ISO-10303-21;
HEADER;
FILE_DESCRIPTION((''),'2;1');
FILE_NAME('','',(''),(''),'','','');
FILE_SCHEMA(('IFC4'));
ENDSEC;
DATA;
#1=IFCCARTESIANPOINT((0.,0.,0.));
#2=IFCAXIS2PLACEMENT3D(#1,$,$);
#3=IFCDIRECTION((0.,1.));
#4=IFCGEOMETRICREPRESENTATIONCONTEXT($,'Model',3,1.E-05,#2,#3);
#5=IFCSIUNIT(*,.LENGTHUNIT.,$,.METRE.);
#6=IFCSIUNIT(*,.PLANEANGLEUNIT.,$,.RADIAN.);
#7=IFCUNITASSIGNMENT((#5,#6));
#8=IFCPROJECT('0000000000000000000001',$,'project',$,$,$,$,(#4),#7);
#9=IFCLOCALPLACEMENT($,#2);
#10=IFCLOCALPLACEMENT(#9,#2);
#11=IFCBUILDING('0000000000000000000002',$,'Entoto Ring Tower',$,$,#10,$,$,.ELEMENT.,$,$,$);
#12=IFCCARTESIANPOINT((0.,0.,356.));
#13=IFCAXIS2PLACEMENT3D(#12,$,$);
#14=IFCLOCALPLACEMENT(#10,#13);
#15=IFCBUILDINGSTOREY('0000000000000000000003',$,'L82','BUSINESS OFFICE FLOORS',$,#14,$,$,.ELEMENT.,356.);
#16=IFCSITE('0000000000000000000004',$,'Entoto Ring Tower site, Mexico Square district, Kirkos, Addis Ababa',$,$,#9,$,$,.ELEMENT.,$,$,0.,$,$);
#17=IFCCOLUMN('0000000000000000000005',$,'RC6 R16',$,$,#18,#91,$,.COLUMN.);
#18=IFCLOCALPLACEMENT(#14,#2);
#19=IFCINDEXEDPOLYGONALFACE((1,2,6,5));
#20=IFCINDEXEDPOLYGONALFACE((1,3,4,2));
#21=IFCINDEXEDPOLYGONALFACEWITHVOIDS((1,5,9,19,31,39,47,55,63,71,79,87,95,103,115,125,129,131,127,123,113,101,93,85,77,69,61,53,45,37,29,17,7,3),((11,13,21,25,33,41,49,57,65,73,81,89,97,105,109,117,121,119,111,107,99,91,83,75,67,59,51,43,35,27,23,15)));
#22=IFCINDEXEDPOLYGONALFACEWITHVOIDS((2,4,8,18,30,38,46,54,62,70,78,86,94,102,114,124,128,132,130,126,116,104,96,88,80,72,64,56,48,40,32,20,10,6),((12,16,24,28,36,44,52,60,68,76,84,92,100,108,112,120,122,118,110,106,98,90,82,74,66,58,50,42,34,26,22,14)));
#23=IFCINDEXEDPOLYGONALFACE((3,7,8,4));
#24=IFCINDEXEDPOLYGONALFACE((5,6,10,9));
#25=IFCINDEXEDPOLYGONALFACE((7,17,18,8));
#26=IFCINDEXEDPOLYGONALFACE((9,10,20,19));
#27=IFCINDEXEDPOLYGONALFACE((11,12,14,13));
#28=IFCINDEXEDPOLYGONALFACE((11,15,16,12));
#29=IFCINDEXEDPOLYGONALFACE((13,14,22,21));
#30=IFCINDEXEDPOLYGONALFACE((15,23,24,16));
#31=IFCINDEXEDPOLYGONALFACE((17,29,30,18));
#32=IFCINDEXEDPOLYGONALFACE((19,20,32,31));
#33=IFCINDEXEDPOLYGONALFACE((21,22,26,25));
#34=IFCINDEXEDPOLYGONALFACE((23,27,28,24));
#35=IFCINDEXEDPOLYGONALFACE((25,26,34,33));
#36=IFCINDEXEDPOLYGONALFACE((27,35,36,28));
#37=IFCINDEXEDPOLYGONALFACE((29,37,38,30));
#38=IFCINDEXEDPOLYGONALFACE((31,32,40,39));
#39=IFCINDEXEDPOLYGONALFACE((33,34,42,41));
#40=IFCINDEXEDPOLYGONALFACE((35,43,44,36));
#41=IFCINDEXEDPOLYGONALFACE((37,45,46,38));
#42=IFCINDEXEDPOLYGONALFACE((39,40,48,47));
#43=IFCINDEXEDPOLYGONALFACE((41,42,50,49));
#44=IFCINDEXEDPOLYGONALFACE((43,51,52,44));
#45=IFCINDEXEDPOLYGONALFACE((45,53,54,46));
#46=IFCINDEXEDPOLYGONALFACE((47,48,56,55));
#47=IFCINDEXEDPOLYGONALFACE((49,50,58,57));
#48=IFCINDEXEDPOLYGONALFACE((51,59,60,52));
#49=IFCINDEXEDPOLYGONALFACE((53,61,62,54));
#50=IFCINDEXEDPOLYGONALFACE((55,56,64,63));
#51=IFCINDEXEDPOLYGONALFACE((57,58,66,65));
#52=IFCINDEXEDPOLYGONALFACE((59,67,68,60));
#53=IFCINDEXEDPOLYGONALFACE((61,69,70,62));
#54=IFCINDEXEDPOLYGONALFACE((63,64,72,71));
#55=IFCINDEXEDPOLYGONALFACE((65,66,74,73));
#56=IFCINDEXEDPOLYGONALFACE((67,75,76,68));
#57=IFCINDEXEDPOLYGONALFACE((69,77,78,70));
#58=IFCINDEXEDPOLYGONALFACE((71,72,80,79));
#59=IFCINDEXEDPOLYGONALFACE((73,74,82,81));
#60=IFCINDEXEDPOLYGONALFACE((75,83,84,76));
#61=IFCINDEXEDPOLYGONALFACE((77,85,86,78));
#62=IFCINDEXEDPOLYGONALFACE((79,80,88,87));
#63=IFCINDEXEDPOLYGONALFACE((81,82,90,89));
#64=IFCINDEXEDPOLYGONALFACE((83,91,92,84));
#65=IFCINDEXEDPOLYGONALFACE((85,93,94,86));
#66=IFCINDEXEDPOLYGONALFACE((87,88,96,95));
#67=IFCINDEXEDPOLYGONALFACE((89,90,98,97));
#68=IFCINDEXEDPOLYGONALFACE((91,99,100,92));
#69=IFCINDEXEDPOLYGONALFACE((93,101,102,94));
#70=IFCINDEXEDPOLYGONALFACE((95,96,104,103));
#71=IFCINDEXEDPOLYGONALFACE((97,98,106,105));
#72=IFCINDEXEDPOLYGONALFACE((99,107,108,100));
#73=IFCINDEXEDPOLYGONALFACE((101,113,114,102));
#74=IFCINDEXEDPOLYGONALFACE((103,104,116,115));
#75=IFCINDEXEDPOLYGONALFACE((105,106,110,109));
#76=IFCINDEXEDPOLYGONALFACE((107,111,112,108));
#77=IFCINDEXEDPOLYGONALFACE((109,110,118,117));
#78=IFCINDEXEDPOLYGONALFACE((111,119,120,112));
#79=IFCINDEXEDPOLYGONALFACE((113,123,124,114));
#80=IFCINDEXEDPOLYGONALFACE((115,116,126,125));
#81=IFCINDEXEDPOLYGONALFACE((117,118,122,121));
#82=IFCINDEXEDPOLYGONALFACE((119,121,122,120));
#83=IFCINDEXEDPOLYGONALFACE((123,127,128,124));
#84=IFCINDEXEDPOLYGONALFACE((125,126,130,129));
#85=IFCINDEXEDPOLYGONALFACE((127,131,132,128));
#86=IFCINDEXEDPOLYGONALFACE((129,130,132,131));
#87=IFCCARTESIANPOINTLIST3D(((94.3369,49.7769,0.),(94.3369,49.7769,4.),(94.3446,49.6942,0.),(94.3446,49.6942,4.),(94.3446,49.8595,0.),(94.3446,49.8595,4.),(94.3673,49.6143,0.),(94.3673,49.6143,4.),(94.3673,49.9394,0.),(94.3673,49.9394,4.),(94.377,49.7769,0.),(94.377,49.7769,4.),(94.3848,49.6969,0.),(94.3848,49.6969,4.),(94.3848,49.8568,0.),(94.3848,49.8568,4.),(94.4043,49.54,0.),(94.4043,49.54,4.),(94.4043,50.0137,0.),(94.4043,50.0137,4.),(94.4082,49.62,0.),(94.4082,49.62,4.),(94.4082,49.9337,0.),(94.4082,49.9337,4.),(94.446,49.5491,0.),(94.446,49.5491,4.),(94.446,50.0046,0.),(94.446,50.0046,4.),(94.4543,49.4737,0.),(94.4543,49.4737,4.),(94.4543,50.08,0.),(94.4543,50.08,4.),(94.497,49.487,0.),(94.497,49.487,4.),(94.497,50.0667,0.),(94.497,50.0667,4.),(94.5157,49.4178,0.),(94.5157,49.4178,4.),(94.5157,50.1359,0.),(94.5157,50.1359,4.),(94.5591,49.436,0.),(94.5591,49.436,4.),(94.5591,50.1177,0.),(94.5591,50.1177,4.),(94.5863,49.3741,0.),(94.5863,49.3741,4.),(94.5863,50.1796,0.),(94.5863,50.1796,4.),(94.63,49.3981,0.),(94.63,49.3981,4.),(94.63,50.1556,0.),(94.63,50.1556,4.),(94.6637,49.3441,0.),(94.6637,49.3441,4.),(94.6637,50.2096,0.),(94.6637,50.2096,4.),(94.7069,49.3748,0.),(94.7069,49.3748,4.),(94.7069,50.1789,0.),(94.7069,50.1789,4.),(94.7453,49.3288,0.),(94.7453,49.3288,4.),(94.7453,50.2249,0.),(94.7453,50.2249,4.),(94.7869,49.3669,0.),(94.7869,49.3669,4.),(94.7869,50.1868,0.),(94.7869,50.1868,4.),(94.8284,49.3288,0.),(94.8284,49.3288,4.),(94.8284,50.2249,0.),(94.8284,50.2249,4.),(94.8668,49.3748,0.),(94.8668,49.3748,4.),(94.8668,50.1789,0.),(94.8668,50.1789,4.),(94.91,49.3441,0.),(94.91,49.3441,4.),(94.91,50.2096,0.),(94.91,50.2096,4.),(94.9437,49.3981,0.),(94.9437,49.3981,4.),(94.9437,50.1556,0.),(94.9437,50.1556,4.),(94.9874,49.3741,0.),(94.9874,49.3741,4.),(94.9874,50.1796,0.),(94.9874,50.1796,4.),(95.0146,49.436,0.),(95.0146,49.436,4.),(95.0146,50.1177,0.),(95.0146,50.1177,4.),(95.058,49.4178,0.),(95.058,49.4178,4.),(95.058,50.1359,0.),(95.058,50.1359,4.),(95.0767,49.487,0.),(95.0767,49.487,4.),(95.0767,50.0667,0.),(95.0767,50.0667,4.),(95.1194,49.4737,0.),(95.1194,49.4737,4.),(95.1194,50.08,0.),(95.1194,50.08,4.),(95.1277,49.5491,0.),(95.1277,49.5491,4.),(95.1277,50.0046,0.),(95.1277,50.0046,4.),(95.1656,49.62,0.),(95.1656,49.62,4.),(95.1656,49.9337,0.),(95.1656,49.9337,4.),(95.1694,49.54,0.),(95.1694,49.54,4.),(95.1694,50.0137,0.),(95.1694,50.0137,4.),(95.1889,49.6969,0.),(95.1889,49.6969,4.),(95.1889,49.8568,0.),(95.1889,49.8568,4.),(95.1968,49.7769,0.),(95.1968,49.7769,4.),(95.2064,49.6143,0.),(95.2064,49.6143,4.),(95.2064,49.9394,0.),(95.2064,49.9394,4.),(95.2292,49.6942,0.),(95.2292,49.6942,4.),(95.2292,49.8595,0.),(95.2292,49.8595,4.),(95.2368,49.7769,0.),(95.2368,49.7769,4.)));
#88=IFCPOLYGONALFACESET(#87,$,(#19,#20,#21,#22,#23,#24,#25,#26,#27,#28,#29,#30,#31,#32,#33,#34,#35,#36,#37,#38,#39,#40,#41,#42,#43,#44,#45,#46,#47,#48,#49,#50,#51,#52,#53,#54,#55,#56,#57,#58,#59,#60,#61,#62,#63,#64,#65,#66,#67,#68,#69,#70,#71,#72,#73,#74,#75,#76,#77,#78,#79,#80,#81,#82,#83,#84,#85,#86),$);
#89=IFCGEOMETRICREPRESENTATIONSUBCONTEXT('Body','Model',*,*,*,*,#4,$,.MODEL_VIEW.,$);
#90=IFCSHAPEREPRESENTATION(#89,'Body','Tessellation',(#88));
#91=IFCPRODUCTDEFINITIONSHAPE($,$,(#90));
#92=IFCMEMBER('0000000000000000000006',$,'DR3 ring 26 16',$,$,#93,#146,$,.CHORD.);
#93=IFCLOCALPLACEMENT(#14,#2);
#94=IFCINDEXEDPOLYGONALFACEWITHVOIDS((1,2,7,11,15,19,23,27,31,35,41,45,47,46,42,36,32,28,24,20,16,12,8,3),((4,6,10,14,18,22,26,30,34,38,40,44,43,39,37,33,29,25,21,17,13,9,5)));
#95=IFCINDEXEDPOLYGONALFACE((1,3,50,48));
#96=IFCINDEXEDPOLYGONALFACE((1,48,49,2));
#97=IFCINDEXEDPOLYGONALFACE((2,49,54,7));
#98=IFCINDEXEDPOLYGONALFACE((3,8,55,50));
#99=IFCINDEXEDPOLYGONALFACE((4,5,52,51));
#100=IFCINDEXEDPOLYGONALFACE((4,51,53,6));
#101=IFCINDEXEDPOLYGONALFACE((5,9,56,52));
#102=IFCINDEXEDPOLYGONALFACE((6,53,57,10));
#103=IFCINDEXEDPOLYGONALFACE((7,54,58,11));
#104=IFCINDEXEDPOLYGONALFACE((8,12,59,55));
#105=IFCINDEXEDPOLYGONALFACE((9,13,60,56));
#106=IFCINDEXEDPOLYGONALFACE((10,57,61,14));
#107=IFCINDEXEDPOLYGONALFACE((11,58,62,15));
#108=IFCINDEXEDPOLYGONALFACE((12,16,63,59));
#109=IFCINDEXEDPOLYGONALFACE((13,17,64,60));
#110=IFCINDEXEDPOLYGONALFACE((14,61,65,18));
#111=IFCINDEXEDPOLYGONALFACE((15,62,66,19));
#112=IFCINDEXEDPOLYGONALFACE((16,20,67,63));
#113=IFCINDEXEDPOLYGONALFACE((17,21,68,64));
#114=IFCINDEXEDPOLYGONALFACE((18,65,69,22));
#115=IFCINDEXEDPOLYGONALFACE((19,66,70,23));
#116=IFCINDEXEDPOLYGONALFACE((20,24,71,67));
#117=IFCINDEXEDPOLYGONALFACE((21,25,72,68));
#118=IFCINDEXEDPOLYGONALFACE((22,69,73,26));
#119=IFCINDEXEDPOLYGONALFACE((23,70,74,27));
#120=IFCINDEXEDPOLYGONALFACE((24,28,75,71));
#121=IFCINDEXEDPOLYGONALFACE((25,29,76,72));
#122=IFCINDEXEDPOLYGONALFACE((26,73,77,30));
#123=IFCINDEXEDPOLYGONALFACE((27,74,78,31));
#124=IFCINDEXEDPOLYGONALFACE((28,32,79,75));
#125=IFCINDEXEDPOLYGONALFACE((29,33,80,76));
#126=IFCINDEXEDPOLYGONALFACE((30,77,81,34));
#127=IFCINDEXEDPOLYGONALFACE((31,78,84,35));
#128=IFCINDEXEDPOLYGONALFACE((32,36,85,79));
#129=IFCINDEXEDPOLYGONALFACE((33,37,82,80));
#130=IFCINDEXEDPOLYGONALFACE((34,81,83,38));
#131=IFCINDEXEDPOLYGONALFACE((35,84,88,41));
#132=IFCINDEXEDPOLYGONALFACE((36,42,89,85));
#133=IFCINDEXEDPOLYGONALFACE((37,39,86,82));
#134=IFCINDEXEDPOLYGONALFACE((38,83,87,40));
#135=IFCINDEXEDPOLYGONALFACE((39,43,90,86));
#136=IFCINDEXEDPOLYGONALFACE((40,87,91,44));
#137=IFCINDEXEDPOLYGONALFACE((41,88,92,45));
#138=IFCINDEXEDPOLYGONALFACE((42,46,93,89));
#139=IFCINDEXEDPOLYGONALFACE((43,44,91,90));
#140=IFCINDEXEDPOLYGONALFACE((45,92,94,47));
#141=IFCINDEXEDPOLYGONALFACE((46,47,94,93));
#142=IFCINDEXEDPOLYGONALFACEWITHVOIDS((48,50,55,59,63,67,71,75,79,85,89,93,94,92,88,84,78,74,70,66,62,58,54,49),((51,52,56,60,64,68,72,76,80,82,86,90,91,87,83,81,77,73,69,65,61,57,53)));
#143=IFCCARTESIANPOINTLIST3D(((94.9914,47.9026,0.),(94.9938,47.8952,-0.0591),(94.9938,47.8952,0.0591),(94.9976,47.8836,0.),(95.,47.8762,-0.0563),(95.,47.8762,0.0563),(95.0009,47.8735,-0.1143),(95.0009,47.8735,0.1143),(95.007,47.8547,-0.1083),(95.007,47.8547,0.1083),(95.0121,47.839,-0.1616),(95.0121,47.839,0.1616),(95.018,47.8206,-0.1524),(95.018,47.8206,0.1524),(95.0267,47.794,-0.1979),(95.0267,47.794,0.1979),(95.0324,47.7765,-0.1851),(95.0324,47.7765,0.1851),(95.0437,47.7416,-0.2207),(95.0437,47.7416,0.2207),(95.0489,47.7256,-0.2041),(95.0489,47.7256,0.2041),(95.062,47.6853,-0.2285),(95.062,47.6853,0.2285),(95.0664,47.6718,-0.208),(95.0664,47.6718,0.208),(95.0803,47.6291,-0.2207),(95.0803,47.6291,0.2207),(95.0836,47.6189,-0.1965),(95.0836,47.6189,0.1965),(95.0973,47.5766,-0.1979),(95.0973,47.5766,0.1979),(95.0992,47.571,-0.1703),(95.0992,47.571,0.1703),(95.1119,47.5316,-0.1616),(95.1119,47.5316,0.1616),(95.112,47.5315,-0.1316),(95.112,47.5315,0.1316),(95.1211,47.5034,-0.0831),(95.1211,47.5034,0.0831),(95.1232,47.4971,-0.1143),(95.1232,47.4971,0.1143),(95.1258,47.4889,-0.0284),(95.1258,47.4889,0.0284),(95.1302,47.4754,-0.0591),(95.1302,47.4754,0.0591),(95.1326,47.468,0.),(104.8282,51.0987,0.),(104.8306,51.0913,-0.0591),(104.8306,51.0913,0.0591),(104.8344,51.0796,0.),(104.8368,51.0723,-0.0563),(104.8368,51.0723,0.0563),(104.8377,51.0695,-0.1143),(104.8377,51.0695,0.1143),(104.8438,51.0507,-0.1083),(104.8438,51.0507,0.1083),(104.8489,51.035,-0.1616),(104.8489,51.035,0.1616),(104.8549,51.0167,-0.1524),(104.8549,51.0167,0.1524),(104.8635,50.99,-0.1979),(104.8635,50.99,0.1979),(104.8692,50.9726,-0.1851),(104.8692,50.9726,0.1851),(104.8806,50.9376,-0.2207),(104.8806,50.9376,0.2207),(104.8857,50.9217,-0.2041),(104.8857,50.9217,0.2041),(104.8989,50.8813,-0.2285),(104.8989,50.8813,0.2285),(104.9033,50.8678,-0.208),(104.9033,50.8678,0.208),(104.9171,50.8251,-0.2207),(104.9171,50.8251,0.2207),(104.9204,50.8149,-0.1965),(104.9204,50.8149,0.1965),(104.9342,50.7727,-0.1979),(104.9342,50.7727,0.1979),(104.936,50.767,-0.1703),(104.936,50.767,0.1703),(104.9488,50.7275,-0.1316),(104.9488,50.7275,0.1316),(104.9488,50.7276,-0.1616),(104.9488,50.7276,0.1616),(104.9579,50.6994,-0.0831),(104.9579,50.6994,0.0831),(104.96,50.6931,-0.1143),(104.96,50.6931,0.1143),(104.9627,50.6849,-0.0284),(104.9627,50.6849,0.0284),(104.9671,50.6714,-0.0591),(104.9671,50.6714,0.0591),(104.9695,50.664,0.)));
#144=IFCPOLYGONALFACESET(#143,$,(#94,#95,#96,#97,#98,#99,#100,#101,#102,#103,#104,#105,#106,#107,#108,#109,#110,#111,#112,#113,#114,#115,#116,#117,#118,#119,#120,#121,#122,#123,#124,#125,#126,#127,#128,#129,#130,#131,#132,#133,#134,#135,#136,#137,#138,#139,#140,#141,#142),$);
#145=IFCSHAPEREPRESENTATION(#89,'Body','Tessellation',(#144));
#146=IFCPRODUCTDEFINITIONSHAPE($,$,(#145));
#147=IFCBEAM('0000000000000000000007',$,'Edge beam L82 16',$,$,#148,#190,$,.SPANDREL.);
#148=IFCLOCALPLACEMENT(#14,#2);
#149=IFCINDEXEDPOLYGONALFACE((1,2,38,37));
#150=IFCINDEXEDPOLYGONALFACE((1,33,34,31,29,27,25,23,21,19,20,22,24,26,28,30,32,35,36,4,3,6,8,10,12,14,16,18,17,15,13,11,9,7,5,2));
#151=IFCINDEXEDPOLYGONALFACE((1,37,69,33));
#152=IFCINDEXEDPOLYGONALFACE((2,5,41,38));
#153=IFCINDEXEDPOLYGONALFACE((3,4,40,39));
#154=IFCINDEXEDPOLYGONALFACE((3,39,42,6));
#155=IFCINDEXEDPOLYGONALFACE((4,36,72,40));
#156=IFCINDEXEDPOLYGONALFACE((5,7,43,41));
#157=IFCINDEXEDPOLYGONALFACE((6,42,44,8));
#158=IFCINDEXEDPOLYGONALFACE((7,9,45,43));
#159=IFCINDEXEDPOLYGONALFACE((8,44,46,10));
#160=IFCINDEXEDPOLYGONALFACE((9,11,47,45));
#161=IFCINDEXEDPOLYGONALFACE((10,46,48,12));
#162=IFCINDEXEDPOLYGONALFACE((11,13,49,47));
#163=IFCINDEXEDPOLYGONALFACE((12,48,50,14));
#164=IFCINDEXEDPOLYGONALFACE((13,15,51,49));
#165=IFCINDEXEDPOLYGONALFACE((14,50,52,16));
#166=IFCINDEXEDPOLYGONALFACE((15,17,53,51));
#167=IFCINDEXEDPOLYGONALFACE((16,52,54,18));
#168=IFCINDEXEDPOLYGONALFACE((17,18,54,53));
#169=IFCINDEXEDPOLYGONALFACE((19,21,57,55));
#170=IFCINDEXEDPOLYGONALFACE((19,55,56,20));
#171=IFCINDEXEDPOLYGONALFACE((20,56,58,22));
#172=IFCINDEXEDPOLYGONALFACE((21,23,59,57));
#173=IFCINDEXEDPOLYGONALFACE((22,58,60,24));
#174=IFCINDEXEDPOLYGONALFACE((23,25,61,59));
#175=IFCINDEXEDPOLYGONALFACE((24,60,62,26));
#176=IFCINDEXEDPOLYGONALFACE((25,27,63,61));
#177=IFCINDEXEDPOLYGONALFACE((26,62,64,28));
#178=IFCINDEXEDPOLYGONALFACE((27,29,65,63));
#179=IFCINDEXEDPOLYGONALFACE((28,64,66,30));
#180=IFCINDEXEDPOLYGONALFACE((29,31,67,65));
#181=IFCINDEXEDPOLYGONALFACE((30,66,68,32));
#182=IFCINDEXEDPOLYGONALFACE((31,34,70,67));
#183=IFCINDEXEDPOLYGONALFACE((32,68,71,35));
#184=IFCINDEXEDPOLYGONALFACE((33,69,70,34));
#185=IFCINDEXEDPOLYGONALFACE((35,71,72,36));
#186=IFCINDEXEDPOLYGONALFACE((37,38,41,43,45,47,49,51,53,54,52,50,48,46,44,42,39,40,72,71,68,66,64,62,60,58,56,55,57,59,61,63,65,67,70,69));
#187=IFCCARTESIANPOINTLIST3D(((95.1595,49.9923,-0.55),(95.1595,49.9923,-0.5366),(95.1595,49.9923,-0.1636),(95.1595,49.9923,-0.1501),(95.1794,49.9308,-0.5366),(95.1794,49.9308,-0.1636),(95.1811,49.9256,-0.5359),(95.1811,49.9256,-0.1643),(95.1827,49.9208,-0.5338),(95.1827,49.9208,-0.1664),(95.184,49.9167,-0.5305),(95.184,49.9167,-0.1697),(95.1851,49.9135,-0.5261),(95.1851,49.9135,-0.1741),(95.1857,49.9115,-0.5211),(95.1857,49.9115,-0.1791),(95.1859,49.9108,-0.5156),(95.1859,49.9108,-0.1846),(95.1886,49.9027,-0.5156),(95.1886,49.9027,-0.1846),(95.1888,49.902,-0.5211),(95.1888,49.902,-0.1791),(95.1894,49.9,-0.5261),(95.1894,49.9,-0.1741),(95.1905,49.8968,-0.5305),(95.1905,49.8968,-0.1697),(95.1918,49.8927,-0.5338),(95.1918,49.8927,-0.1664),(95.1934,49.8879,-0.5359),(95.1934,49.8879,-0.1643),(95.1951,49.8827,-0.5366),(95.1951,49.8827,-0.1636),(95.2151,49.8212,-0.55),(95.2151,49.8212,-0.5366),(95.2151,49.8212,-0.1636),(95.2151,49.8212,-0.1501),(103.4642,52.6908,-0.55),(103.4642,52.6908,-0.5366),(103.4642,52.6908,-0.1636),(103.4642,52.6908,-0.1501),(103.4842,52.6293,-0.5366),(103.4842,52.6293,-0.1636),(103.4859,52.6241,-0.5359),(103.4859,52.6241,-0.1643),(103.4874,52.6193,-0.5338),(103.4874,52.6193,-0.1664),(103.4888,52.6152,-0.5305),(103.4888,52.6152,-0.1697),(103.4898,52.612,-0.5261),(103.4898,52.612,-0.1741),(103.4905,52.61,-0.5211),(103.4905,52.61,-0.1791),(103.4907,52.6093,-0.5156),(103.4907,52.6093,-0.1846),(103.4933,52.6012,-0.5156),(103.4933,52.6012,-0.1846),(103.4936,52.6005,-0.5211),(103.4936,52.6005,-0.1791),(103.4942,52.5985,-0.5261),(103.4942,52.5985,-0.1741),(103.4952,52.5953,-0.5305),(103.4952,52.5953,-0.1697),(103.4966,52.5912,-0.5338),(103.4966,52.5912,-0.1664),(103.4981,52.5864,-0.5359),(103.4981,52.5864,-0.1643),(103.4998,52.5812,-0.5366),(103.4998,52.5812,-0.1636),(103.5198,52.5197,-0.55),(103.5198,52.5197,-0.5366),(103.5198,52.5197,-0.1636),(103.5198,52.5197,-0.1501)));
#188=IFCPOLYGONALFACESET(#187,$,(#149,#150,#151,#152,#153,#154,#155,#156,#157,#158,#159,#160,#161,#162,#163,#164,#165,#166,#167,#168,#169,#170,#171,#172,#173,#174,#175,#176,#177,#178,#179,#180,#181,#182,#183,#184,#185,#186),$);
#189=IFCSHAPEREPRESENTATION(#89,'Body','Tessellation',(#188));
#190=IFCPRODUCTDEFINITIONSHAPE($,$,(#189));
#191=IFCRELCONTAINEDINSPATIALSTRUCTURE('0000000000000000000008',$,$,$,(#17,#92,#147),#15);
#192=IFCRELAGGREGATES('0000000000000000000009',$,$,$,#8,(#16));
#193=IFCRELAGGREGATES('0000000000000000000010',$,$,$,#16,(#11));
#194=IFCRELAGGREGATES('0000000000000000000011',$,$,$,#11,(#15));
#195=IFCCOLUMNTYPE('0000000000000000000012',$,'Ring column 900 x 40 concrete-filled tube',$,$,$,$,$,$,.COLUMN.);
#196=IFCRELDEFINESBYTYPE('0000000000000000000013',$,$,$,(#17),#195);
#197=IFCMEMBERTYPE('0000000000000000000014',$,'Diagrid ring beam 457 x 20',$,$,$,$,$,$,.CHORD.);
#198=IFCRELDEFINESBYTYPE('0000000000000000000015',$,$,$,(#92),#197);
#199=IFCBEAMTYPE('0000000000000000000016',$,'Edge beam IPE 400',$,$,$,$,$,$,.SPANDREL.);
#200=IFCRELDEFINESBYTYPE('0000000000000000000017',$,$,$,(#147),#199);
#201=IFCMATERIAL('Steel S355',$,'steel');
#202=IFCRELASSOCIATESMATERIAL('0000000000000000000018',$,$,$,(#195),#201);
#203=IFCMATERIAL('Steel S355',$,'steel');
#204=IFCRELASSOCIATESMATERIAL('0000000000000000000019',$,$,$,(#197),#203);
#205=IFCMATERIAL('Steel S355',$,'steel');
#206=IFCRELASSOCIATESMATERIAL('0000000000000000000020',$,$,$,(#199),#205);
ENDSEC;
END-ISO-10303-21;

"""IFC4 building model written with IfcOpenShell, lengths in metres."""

from ifc_helpers import new_model, si_unit, direction, frame, origin, origin_2d, place, context, subcontext, project, spatial, circle, hollow_circle, i_section, extrude, material, material_profile, profile_set, type_object, element, save


model = new_model("IFC4")

# Units and contexts
model_context = context("Model", 3, precision=1e-05, world=origin(), true_north=direction((0.0, 1.0)))
body_context = subcontext(model_context, "Body", "Model", "MODEL_VIEW")
ifc_project = project(units=[si_unit("LENGTHUNIT", "METRE"), si_unit("PLANEANGLEUNIT", "RADIAN")], contexts=[model_context])

# Site, building, storey
site_placement = place(None, origin())
site = spatial("IfcSite", under=ifc_project, at=site_placement, Name="Entoto Ring Tower site, Mexico Square district, Kirkos, Addis Ababa", CompositionType="ELEMENT", RefElevation=0.0)
building_placement = place(site_placement, origin())
building = spatial("IfcBuilding", under=site, at=building_placement, Name="Entoto Ring Tower", CompositionType="ELEMENT")
storey_placement = place(building_placement, frame((0.0, 0.0, 356.0)))
storey = spatial("IfcBuildingStorey", under=building, at=storey_placement, Name="L82", Description="BUSINESS OFFICE FLOORS", CompositionType="ELEMENT", Elevation=356.0)

# Column
ifc_material_1 = material(Name="Steel S355", Category="steel")
ifc_material_profile_1 = material_profile(ifc_material_1, hollow_circle(Radius=0.45, WallThickness=0.04, at=origin_2d()), Name="CHS 900 x 40")
ifc_material_2 = material(Name="Concrete C60/75", Category="concrete")
ifc_material_profile_2 = material_profile(ifc_material_2, circle(Radius=0.4099, at=origin_2d()), Name="Concrete C60/75 infill")
ifc_profile_set_1 = profile_set([ifc_material_profile_1, ifc_material_profile_2], Name="Steel S355")
column_type = type_object("IfcColumnType", Name="Ring column 900 x 40 concrete-filled tube", PredefinedType="COLUMN", material=ifc_profile_set_1)
column_placement = place(storey_placement, frame((94.7869, 49.7769, 0.0), z_axis=(0.0, 0.0, 1.0), x_axis=(1.0, 0.0, 0.0)))
element("IfcColumn", 1, at=column_placement, inside=storey, type_object=column_type, Name="RC6 R16", PredefinedType="COLUMN", context=body_context, shape_type="SweptSolid", body=[
    extrude(hollow_circle(Radius=0.45, WallThickness=0.04, at=origin_2d()), origin(), (0.0, 0.0, 1.0), 4.0),
])

# Member
ifc_material_3 = material(Name="Steel S355", Category="steel")
ifc_material_profile_3 = material_profile(ifc_material_3, hollow_circle(Radius=0.2285, WallThickness=0.02, at=origin_2d()), Name="CHS 457 x 20")
ifc_material_4 = material(Name="Concrete C60/75", Category="concrete")
ifc_material_profile_4 = material_profile(ifc_material_4, circle(Radius=0.2085, at=origin_2d()), Name="Concrete C60/75 infill")
ifc_profile_set_2 = profile_set([ifc_material_profile_3, ifc_material_profile_4], Name="Steel S355")
member_type = type_object("IfcMemberType", Name="Diagrid ring beam 457 x 20", PredefinedType="CHORD", material=ifc_profile_set_2)
member_placement = place(storey_placement, frame((95.062, 47.6853, 0.0), z_axis=(0.951061, 0.309003, 0.0), x_axis=(-0.309003, 0.951061, 0.0)))
element("IfcMember", 2, at=member_placement, inside=storey, type_object=member_type, Name="DR3 ring 26 16", PredefinedType="CHORD", context=body_context, shape_type="SweptSolid", body=[
    extrude(hollow_circle(Radius=0.2285, WallThickness=0.02, at=origin_2d()), origin(), (0.0, 0.0, 1.0), 10.343),
])

# Beam
ifc_material_5 = material(Name="Steel S355", Category="steel")
ifc_material_profile_5 = material_profile(ifc_material_5, i_section(OverallWidth=0.1799, OverallDepth=0.3999, WebThickness=0.0085, FlangeThickness=0.0134, FilletRadius=0.021, at=origin_2d()), Name="IPE 400")
ifc_profile_set_3 = profile_set([ifc_material_profile_5], Name="Steel S355")
beam_type_1 = type_object("IfcBeamType", Name="Edge beam IPE 400", PredefinedType="SPANDREL", material=ifc_profile_set_3)
beam_1_placement = place(storey_placement, frame((95.1873, 49.9067, -0.3501), z_axis=(0.951052, 0.30903, 0.0), x_axis=(-0.30903, 0.951052, 0.0)))
element("IfcBeam", 3, at=beam_1_placement, inside=storey, type_object=beam_type_1, Name="Edge beam L82 16", PredefinedType="SPANDREL", context=body_context, shape_type="SweptSolid", body=[
    extrude(i_section(OverallWidth=0.1799, OverallDepth=0.3999, WebThickness=0.0085, FlangeThickness=0.0134, FilletRadius=0.021, at=origin_2d()), origin(), (0.0, 0.0, 1.0), 8.7322),
])

save(model, "model.ifc")
